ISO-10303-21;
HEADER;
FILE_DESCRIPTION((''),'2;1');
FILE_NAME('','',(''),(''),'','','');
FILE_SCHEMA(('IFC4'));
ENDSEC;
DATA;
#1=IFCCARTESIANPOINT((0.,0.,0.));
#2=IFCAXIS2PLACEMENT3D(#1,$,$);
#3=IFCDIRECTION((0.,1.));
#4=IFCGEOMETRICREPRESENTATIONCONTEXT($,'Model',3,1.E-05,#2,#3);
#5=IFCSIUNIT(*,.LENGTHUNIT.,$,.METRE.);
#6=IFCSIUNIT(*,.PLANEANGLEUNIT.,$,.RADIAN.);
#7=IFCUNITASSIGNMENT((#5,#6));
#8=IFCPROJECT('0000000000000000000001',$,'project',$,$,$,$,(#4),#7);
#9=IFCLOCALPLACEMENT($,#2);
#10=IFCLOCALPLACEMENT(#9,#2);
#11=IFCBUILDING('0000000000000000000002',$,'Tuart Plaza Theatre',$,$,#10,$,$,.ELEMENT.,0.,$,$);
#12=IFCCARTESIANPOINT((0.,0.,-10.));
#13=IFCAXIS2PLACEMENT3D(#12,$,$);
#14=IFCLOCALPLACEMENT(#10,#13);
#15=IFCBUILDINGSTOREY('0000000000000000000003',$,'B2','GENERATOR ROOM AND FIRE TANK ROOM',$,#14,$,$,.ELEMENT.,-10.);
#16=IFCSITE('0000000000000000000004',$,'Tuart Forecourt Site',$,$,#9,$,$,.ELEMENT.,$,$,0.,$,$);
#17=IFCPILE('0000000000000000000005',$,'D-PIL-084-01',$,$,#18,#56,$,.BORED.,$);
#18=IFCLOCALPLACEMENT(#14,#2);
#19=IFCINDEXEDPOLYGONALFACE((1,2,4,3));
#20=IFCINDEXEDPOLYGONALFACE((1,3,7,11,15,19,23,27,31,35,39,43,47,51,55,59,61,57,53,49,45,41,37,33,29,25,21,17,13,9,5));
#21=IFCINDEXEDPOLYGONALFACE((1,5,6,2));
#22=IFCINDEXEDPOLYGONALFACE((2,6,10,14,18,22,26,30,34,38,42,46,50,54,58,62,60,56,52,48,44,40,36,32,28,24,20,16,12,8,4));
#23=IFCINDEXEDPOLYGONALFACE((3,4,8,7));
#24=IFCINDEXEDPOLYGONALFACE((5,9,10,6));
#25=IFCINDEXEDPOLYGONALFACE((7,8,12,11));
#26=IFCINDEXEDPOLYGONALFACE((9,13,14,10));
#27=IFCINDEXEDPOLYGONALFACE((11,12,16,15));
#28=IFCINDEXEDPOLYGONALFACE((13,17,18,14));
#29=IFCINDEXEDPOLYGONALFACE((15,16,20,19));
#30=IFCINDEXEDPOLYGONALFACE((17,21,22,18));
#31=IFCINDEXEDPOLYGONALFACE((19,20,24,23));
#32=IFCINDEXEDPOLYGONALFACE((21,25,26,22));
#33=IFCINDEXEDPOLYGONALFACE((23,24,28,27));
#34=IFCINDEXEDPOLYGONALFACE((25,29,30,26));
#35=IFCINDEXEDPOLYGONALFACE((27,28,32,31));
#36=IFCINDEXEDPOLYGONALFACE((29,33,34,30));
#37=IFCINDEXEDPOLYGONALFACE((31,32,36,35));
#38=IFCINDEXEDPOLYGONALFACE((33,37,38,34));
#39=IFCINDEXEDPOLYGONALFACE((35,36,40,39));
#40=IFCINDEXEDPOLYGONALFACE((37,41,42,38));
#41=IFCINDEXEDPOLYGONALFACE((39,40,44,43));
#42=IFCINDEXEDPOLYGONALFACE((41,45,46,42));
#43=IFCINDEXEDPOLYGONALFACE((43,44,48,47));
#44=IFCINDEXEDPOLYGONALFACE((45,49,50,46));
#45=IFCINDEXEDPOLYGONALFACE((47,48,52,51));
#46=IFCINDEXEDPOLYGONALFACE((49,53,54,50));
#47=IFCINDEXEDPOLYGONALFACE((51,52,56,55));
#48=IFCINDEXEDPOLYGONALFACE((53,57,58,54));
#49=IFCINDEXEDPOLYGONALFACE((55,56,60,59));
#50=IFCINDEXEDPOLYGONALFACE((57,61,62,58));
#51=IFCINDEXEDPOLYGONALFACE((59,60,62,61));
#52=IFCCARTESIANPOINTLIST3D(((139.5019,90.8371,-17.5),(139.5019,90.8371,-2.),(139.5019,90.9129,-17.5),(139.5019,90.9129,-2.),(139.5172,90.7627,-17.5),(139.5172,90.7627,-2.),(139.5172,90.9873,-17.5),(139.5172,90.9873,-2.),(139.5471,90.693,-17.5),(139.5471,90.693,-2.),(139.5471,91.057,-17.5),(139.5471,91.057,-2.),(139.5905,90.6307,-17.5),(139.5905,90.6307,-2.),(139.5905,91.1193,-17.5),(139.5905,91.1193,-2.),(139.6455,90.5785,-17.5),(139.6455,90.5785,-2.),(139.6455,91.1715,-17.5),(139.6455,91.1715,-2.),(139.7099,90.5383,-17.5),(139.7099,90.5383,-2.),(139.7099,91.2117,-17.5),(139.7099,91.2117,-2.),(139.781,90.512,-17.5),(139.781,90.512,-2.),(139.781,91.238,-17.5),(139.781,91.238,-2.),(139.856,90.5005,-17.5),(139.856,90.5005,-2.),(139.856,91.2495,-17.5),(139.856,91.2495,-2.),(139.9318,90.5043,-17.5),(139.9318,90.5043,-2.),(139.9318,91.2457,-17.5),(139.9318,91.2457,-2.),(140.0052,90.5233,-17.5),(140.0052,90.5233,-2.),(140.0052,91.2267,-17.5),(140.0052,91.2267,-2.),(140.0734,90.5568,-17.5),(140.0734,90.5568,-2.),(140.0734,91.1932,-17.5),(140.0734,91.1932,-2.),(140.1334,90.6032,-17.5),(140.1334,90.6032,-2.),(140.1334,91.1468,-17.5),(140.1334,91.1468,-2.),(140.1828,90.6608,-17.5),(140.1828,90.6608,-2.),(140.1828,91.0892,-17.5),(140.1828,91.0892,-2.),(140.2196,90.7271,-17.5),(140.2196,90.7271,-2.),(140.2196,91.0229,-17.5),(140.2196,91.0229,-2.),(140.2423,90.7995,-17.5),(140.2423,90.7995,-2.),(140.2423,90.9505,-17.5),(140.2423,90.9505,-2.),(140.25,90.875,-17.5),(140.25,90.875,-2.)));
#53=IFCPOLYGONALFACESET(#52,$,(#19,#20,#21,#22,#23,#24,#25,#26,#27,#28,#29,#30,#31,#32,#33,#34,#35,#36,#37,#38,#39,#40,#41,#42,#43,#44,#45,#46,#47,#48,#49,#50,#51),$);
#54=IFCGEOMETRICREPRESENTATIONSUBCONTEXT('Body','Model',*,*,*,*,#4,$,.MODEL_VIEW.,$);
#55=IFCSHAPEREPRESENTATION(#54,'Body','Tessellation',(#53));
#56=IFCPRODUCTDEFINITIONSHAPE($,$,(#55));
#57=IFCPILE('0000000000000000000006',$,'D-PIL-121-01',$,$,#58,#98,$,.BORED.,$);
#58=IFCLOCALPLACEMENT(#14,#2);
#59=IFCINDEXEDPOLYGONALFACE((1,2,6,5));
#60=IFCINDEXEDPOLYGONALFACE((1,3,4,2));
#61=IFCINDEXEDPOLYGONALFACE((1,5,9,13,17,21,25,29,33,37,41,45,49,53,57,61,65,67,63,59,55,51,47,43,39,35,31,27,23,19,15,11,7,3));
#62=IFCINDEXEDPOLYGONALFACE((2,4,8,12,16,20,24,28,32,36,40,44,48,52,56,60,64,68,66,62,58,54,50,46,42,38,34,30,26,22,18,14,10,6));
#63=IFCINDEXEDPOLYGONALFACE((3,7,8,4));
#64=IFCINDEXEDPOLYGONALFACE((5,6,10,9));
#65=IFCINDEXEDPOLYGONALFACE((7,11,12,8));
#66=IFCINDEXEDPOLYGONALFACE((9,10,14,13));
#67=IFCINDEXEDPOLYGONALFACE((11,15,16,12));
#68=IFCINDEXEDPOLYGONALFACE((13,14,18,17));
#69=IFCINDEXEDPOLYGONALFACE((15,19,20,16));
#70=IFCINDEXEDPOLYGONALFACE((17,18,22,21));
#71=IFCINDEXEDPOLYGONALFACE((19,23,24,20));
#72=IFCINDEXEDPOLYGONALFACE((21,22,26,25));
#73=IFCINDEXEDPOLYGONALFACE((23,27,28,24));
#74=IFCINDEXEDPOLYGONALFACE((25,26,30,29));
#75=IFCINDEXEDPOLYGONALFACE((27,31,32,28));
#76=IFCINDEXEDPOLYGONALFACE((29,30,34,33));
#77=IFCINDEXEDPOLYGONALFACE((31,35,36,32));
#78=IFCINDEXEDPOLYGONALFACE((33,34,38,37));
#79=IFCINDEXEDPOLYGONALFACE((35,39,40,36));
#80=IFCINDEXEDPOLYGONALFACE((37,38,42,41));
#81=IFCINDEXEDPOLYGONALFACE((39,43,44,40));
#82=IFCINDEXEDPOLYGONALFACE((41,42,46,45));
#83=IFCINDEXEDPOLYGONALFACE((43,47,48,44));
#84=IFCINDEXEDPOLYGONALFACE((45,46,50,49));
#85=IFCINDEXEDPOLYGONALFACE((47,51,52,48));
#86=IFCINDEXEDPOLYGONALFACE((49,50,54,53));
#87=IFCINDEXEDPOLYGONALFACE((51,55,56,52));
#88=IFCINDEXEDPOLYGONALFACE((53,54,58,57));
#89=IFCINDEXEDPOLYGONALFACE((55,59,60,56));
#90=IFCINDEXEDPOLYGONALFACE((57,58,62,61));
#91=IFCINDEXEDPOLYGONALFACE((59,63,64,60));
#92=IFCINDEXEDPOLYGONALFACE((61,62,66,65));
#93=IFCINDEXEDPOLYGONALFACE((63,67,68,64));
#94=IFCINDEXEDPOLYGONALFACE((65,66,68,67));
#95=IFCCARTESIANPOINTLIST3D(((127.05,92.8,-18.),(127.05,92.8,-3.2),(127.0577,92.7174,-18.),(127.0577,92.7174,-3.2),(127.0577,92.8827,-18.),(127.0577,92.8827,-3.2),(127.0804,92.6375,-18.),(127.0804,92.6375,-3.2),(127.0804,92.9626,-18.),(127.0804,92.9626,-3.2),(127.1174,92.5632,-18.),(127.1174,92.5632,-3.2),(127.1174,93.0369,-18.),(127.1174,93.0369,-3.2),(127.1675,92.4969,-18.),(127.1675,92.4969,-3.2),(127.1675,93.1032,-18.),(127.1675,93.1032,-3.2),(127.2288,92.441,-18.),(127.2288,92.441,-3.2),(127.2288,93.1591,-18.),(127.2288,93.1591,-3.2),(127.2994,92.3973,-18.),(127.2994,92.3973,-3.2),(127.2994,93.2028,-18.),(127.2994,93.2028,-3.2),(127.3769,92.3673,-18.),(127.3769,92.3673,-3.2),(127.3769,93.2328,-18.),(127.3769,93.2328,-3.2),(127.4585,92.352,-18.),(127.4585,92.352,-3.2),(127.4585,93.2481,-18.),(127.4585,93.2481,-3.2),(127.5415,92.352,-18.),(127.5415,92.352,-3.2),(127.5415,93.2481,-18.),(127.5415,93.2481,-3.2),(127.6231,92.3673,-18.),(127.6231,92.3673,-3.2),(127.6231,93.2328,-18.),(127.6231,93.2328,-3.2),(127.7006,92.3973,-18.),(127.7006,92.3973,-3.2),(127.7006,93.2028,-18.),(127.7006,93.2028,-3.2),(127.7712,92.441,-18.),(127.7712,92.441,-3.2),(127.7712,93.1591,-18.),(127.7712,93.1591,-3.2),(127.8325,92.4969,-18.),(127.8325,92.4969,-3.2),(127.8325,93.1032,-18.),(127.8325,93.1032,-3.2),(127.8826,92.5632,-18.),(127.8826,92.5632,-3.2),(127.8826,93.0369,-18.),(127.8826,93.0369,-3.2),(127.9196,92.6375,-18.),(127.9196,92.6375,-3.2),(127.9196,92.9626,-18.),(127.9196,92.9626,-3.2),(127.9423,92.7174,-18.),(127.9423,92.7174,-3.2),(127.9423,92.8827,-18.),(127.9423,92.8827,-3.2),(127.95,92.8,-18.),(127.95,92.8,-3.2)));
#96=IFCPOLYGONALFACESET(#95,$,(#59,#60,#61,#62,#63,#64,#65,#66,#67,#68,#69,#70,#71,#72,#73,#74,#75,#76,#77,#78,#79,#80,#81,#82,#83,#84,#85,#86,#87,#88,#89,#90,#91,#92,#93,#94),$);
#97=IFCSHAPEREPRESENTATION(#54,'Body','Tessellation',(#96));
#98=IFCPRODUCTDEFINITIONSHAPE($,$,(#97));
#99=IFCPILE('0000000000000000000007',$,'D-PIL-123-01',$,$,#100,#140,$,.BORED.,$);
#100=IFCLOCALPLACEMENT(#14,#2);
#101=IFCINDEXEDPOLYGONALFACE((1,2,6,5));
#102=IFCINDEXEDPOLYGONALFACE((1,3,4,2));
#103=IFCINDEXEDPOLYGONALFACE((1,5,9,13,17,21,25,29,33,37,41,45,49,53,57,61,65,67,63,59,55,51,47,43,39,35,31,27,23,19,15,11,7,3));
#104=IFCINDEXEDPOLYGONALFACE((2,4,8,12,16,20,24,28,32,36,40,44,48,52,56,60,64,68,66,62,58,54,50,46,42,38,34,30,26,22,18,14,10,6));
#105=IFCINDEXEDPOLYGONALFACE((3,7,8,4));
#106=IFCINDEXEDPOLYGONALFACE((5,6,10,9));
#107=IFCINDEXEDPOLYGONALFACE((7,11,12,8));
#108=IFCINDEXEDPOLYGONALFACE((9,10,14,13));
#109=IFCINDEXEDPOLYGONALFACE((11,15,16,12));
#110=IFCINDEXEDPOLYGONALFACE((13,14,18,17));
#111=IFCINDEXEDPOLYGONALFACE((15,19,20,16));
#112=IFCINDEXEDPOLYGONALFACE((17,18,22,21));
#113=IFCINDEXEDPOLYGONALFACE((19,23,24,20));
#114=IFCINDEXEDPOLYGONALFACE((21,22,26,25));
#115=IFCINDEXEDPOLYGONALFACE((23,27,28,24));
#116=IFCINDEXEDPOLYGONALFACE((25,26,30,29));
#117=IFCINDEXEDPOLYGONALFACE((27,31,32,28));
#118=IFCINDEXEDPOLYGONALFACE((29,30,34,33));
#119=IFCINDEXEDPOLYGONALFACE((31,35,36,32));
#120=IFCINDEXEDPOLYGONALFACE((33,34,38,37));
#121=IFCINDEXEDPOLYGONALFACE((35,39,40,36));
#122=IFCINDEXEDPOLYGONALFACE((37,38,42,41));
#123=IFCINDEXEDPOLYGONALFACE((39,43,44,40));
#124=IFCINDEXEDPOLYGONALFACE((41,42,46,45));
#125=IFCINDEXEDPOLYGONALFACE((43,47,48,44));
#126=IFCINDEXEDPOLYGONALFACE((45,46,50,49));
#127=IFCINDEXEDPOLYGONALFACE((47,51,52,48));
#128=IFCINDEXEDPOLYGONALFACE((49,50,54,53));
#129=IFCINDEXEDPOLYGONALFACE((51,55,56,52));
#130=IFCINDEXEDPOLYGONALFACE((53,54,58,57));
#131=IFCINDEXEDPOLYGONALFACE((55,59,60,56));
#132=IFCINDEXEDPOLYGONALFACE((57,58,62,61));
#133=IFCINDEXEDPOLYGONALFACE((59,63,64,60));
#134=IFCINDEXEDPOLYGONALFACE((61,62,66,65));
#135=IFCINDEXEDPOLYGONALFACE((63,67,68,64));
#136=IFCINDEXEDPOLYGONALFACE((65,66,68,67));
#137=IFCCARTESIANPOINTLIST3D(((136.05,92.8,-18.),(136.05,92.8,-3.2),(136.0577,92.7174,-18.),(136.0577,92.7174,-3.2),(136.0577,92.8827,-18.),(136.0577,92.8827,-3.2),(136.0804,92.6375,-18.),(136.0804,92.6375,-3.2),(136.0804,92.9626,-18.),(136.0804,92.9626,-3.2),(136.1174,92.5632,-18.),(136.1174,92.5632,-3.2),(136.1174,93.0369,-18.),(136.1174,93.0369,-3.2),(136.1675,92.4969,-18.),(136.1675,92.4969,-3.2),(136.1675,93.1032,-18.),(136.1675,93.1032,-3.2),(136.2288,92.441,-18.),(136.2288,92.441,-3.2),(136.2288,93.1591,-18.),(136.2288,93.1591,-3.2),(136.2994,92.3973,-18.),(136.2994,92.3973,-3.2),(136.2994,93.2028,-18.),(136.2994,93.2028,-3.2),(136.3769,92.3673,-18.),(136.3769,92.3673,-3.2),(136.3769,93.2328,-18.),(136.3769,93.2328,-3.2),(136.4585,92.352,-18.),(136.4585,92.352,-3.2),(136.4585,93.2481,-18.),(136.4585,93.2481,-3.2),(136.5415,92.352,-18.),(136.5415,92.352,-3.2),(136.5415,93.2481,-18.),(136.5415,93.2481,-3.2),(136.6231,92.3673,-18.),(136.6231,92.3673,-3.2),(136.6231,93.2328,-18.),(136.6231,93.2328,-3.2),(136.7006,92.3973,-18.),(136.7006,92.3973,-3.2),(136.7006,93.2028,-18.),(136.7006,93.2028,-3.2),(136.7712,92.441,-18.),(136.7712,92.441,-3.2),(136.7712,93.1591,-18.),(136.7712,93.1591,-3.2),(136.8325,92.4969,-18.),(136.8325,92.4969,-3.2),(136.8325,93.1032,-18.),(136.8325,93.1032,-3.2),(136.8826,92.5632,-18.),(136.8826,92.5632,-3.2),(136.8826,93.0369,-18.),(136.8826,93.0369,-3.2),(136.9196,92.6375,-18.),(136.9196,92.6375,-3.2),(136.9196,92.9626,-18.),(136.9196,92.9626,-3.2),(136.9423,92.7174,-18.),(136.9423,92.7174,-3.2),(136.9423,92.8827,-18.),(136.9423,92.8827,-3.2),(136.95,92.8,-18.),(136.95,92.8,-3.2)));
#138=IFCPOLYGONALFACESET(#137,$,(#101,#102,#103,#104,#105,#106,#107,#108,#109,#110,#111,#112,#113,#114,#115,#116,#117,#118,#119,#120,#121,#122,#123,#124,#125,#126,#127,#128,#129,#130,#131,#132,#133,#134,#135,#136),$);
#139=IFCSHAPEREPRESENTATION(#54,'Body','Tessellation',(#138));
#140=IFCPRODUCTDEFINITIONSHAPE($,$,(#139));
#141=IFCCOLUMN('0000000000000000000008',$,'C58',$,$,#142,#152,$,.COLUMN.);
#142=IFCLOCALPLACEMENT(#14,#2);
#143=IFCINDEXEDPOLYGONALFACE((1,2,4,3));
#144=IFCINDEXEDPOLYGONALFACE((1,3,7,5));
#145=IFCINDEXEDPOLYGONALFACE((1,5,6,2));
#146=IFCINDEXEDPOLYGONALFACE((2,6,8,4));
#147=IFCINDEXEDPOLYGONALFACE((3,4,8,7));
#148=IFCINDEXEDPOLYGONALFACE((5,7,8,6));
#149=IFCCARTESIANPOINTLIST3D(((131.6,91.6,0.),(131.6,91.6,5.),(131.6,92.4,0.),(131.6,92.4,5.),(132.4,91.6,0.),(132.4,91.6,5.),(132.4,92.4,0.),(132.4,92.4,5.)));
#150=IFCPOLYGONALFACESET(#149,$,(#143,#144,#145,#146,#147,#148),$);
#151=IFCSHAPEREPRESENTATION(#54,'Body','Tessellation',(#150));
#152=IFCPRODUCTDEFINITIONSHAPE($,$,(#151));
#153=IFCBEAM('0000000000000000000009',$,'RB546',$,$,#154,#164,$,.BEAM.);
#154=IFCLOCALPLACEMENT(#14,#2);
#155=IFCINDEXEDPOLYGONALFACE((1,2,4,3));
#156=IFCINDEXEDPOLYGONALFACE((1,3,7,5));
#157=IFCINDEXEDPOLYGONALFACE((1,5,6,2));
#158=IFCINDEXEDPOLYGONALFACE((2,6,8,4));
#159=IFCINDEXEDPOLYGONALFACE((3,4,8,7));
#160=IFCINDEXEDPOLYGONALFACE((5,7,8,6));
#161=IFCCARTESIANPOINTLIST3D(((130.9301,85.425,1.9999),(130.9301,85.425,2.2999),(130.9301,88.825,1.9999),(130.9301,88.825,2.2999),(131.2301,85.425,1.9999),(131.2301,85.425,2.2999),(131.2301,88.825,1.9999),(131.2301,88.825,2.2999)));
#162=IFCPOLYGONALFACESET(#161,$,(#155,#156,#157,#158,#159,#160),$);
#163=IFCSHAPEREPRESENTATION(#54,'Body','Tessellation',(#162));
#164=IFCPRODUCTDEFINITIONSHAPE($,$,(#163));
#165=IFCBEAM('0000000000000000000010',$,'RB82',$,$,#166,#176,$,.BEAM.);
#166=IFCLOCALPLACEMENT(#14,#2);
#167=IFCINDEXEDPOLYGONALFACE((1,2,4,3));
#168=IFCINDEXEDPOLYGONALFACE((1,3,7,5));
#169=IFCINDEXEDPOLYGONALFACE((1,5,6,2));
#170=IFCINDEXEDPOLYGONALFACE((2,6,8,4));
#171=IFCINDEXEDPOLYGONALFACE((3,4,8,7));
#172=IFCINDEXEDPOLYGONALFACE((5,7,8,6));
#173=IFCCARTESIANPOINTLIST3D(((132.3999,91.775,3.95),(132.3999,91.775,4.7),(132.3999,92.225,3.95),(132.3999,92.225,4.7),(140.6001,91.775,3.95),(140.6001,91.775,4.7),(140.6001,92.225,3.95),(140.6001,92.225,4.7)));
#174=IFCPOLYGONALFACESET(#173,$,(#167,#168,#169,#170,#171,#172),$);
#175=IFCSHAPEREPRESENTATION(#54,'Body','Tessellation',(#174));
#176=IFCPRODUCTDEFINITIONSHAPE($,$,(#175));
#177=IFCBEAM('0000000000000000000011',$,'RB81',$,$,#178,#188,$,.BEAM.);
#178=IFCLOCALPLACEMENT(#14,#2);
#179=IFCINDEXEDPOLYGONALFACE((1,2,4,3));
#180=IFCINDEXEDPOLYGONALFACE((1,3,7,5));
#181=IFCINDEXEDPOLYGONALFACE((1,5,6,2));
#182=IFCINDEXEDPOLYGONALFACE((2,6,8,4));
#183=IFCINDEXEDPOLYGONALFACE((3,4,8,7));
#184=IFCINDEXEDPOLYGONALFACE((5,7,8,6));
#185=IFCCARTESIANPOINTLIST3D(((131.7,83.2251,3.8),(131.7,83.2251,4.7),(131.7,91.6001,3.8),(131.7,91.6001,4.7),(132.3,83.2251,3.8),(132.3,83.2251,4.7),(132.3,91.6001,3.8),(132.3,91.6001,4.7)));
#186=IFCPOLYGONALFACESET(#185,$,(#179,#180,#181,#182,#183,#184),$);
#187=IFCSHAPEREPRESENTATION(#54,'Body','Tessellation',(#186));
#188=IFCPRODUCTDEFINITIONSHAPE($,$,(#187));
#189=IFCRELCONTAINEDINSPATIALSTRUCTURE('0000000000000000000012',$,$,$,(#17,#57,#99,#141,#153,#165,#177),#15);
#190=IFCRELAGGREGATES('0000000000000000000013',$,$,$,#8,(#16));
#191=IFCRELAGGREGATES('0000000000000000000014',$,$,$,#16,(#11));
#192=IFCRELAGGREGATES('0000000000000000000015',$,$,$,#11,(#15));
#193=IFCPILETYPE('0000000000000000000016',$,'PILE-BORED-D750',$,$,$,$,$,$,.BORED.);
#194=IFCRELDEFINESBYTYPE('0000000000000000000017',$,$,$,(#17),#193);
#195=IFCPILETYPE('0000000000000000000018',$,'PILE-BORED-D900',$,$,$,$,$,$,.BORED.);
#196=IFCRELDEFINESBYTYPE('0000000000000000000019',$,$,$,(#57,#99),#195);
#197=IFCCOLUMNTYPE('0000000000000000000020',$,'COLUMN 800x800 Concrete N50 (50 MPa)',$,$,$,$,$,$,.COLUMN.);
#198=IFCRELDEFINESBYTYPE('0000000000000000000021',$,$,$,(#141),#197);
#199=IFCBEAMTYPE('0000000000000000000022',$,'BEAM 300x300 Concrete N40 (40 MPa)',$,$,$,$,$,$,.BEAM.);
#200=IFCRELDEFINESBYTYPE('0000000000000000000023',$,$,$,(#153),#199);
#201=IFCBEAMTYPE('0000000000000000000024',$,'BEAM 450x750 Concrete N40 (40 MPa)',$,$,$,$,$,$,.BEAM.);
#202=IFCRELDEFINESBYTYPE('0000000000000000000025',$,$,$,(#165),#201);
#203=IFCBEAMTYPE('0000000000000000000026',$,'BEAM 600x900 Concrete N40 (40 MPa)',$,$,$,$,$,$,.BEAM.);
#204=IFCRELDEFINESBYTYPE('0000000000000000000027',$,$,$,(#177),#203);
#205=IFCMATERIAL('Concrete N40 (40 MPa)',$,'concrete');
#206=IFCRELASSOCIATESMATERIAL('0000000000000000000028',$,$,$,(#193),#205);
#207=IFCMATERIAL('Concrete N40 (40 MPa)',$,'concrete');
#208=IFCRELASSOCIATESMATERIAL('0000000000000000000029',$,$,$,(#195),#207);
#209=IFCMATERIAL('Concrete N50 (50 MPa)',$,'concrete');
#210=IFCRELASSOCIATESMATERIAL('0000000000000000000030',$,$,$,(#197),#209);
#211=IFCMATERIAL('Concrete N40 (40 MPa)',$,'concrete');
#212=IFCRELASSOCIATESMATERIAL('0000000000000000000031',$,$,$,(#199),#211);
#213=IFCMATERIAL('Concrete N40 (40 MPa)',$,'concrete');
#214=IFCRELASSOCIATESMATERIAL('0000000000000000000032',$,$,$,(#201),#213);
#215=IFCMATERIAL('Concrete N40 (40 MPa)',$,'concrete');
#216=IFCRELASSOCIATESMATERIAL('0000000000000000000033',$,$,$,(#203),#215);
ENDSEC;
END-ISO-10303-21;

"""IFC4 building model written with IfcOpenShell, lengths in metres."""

from ifc_helpers import new_model, si_unit, direction, frame, origin, origin_2d, place, context, subcontext, project, spatial, rectangle, circle, extrude, material, material_profile, profile_set, type_object, element, save


model = new_model("IFC4")

# Units and contexts
model_context = context("Model", 3, precision=1e-05, world=origin(), true_north=direction((0.0, 1.0)))
body_context = subcontext(model_context, "Body", "Model", "MODEL_VIEW")
ifc_project = project(units=[si_unit("LENGTHUNIT", "METRE"), si_unit("PLANEANGLEUNIT", "RADIAN")], contexts=[model_context])

# Site, building, storey
site_placement = place(None, origin())
site = spatial("IfcSite", under=ifc_project, at=site_placement, Name="Tuart Forecourt Site", CompositionType="ELEMENT", RefElevation=0.0)
building_placement = place(site_placement, origin())
building = spatial("IfcBuilding", under=site, at=building_placement, Name="Tuart Plaza Theatre", CompositionType="ELEMENT", ElevationOfRefHeight=0.0)
storey_placement = place(building_placement, frame((0.0, 0.0, -10.0)))
storey = spatial("IfcBuildingStorey", under=building, at=storey_placement, Name="B2", Description="GENERATOR ROOM AND FIRE TANK ROOM", CompositionType="ELEMENT", Elevation=-10.0)

# Piles
ifc_material_1 = material(Name="Concrete N40 (40 MPa)", Category="concrete")
ifc_material_profile_1 = material_profile(ifc_material_1, circle(Radius=0.375, at=origin_2d()), Name="PILE-BORED-D750")
ifc_profile_set_1 = profile_set([ifc_material_profile_1], Name="Concrete N40 (40 MPa)")
pile_type_1 = type_object("IfcPileType", Name="PILE-BORED-D750", PredefinedType="BORED", material=ifc_profile_set_1)
for number, where, z_axis, x_axis, name in (
    (1, (139.875, 90.875, -2.0), (0.0, 0.0, -1.0), (1.0, 0.0, 0.0), "D-PIL-084-01"),
):
    element("IfcPile", number, at=place(storey_placement, frame(where, z_axis=z_axis, x_axis=x_axis)), inside=storey, type_object=pile_type_1, Name=name, PredefinedType="BORED", context=body_context, shape_type="SweptSolid", body=[
        extrude(circle(Radius=0.375, at=origin_2d()), origin(), (0.0, 0.0, 1.0), 15.5),
    ])
ifc_material_2 = material(Name="Concrete N40 (40 MPa)", Category="concrete")
ifc_material_profile_2 = material_profile(ifc_material_2, circle(Radius=0.45, at=origin_2d()), Name="PILE-BORED-D900")
ifc_profile_set_2 = profile_set([ifc_material_profile_2], Name="Concrete N40 (40 MPa)")
pile_type_2 = type_object("IfcPileType", Name="PILE-BORED-D900", PredefinedType="BORED", material=ifc_profile_set_2)
for number, where, z_axis, x_axis, name in (
    (2, (127.5, 92.8, -3.2), (0.0, 0.0, -1.0), (1.0, 0.0, 0.0), "D-PIL-121-01"),
    (3, (136.5, 92.8, -3.2), (0.0, 0.0, -1.0), (1.0, 0.0, 0.0), "D-PIL-123-01"),
):
    element("IfcPile", number, at=place(storey_placement, frame(where, z_axis=z_axis, x_axis=x_axis)), inside=storey, type_object=pile_type_2, Name=name, PredefinedType="BORED", context=body_context, shape_type="SweptSolid", body=[
        extrude(circle(Radius=0.45, at=origin_2d()), origin(), (0.0, 0.0, 1.0), 14.8),
    ])

# Column
ifc_material_3 = material(Name="Concrete N50 (50 MPa)", Category="concrete")
ifc_material_profile_3 = material_profile(ifc_material_3, rectangle(XDim=0.8, YDim=0.8, at=origin_2d()), Name="COLUMN 800x800 Concrete N50 (50 MPa)")
ifc_profile_set_3 = profile_set([ifc_material_profile_3], Name="Concrete N50 (50 MPa)")
column_type = type_object("IfcColumnType", Name="COLUMN 800x800 Concrete N50 (50 MPa)", PredefinedType="COLUMN", material=ifc_profile_set_3)
column_placement = place(storey_placement, frame((132.0, 92.0, 0.0), z_axis=(0.0, 0.0, 1.0), x_axis=(1.0, 0.0, 0.0)))
element("IfcColumn", 4, at=column_placement, inside=storey, type_object=column_type, Name="C58", PredefinedType="COLUMN", context=body_context, shape_type="SweptSolid", body=[
    extrude(rectangle(XDim=0.8, YDim=0.8, at=origin_2d()), origin(), (0.0, 0.0, 1.0), 5.0),
])

# Beams
ifc_material_4 = material(Name="Concrete N40 (40 MPa)", Category="concrete")
ifc_material_profile_4 = material_profile(ifc_material_4, rectangle(XDim=0.3, YDim=0.3, at=origin_2d()), Name="BEAM 300x300 Concrete N40 (40 MPa)")
ifc_profile_set_4 = profile_set([ifc_material_profile_4], Name="Concrete N40 (40 MPa)")
beam_type_1 = type_object("IfcBeamType", Name="BEAM 300x300 Concrete N40 (40 MPa)", PredefinedType="BEAM", material=ifc_profile_set_4)
beam_1_placement = place(storey_placement, frame((131.0801, 85.425, 2.1499), z_axis=(0.0, 1.0, 0.0), x_axis=(-1.0, 0.0, 0.0)))
element("IfcBeam", 5, at=beam_1_placement, inside=storey, type_object=beam_type_1, Name="RB546", PredefinedType="BEAM", context=body_context, shape_type="SweptSolid", body=[
    extrude(rectangle(XDim=0.3, YDim=0.3, at=origin_2d()), origin(), (0.0, 0.0, 1.0), 3.3999),
])
ifc_material_5 = material(Name="Concrete N40 (40 MPa)", Category="concrete")
ifc_material_profile_5 = material_profile(ifc_material_5, rectangle(XDim=0.45, YDim=0.75, at=origin_2d()), Name="BEAM 450x750 Concrete N40 (40 MPa)")
ifc_profile_set_5 = profile_set([ifc_material_profile_5], Name="Concrete N40 (40 MPa)")
beam_type_2 = type_object("IfcBeamType", Name="BEAM 450x750 Concrete N40 (40 MPa)", PredefinedType="BEAM", material=ifc_profile_set_5)
beam_2_placement = place(storey_placement, frame((132.3999, 92.0, 4.325), z_axis=(1.0, 0.0, 0.0), x_axis=(0.0, 1.0, 0.0)))
element("IfcBeam", 6, at=beam_2_placement, inside=storey, type_object=beam_type_2, Name="RB82", PredefinedType="BEAM", context=body_context, shape_type="SweptSolid", body=[
    extrude(rectangle(XDim=0.45, YDim=0.75, at=origin_2d()), origin(), (0.0, 0.0, 1.0), 8.2002),
])
ifc_material_6 = material(Name="Concrete N40 (40 MPa)", Category="concrete")
ifc_material_profile_6 = material_profile(ifc_material_6, rectangle(XDim=0.6001, YDim=0.8999, at=origin_2d()), Name="BEAM 600x900 Concrete N40 (40 MPa)")
ifc_profile_set_6 = profile_set([ifc_material_profile_6], Name="Concrete N40 (40 MPa)")
beam_type_3 = type_object("IfcBeamType", Name="BEAM 600x900 Concrete N40 (40 MPa)", PredefinedType="BEAM", material=ifc_profile_set_6)
beam_3_placement = place(storey_placement, frame((132.0, 83.2251, 4.25), z_axis=(0.0, 1.0, 0.0), x_axis=(-1.0, 0.0, 0.0)))
element("IfcBeam", 7, at=beam_3_placement, inside=storey, type_object=beam_type_3, Name="RB81", PredefinedType="BEAM", context=body_context, shape_type="SweptSolid", body=[
    extrude(rectangle(XDim=0.6001, YDim=0.8999, at=origin_2d()), origin(), (0.0, 0.0, 1.0), 8.375),
])

save(model, "model.ifc")
